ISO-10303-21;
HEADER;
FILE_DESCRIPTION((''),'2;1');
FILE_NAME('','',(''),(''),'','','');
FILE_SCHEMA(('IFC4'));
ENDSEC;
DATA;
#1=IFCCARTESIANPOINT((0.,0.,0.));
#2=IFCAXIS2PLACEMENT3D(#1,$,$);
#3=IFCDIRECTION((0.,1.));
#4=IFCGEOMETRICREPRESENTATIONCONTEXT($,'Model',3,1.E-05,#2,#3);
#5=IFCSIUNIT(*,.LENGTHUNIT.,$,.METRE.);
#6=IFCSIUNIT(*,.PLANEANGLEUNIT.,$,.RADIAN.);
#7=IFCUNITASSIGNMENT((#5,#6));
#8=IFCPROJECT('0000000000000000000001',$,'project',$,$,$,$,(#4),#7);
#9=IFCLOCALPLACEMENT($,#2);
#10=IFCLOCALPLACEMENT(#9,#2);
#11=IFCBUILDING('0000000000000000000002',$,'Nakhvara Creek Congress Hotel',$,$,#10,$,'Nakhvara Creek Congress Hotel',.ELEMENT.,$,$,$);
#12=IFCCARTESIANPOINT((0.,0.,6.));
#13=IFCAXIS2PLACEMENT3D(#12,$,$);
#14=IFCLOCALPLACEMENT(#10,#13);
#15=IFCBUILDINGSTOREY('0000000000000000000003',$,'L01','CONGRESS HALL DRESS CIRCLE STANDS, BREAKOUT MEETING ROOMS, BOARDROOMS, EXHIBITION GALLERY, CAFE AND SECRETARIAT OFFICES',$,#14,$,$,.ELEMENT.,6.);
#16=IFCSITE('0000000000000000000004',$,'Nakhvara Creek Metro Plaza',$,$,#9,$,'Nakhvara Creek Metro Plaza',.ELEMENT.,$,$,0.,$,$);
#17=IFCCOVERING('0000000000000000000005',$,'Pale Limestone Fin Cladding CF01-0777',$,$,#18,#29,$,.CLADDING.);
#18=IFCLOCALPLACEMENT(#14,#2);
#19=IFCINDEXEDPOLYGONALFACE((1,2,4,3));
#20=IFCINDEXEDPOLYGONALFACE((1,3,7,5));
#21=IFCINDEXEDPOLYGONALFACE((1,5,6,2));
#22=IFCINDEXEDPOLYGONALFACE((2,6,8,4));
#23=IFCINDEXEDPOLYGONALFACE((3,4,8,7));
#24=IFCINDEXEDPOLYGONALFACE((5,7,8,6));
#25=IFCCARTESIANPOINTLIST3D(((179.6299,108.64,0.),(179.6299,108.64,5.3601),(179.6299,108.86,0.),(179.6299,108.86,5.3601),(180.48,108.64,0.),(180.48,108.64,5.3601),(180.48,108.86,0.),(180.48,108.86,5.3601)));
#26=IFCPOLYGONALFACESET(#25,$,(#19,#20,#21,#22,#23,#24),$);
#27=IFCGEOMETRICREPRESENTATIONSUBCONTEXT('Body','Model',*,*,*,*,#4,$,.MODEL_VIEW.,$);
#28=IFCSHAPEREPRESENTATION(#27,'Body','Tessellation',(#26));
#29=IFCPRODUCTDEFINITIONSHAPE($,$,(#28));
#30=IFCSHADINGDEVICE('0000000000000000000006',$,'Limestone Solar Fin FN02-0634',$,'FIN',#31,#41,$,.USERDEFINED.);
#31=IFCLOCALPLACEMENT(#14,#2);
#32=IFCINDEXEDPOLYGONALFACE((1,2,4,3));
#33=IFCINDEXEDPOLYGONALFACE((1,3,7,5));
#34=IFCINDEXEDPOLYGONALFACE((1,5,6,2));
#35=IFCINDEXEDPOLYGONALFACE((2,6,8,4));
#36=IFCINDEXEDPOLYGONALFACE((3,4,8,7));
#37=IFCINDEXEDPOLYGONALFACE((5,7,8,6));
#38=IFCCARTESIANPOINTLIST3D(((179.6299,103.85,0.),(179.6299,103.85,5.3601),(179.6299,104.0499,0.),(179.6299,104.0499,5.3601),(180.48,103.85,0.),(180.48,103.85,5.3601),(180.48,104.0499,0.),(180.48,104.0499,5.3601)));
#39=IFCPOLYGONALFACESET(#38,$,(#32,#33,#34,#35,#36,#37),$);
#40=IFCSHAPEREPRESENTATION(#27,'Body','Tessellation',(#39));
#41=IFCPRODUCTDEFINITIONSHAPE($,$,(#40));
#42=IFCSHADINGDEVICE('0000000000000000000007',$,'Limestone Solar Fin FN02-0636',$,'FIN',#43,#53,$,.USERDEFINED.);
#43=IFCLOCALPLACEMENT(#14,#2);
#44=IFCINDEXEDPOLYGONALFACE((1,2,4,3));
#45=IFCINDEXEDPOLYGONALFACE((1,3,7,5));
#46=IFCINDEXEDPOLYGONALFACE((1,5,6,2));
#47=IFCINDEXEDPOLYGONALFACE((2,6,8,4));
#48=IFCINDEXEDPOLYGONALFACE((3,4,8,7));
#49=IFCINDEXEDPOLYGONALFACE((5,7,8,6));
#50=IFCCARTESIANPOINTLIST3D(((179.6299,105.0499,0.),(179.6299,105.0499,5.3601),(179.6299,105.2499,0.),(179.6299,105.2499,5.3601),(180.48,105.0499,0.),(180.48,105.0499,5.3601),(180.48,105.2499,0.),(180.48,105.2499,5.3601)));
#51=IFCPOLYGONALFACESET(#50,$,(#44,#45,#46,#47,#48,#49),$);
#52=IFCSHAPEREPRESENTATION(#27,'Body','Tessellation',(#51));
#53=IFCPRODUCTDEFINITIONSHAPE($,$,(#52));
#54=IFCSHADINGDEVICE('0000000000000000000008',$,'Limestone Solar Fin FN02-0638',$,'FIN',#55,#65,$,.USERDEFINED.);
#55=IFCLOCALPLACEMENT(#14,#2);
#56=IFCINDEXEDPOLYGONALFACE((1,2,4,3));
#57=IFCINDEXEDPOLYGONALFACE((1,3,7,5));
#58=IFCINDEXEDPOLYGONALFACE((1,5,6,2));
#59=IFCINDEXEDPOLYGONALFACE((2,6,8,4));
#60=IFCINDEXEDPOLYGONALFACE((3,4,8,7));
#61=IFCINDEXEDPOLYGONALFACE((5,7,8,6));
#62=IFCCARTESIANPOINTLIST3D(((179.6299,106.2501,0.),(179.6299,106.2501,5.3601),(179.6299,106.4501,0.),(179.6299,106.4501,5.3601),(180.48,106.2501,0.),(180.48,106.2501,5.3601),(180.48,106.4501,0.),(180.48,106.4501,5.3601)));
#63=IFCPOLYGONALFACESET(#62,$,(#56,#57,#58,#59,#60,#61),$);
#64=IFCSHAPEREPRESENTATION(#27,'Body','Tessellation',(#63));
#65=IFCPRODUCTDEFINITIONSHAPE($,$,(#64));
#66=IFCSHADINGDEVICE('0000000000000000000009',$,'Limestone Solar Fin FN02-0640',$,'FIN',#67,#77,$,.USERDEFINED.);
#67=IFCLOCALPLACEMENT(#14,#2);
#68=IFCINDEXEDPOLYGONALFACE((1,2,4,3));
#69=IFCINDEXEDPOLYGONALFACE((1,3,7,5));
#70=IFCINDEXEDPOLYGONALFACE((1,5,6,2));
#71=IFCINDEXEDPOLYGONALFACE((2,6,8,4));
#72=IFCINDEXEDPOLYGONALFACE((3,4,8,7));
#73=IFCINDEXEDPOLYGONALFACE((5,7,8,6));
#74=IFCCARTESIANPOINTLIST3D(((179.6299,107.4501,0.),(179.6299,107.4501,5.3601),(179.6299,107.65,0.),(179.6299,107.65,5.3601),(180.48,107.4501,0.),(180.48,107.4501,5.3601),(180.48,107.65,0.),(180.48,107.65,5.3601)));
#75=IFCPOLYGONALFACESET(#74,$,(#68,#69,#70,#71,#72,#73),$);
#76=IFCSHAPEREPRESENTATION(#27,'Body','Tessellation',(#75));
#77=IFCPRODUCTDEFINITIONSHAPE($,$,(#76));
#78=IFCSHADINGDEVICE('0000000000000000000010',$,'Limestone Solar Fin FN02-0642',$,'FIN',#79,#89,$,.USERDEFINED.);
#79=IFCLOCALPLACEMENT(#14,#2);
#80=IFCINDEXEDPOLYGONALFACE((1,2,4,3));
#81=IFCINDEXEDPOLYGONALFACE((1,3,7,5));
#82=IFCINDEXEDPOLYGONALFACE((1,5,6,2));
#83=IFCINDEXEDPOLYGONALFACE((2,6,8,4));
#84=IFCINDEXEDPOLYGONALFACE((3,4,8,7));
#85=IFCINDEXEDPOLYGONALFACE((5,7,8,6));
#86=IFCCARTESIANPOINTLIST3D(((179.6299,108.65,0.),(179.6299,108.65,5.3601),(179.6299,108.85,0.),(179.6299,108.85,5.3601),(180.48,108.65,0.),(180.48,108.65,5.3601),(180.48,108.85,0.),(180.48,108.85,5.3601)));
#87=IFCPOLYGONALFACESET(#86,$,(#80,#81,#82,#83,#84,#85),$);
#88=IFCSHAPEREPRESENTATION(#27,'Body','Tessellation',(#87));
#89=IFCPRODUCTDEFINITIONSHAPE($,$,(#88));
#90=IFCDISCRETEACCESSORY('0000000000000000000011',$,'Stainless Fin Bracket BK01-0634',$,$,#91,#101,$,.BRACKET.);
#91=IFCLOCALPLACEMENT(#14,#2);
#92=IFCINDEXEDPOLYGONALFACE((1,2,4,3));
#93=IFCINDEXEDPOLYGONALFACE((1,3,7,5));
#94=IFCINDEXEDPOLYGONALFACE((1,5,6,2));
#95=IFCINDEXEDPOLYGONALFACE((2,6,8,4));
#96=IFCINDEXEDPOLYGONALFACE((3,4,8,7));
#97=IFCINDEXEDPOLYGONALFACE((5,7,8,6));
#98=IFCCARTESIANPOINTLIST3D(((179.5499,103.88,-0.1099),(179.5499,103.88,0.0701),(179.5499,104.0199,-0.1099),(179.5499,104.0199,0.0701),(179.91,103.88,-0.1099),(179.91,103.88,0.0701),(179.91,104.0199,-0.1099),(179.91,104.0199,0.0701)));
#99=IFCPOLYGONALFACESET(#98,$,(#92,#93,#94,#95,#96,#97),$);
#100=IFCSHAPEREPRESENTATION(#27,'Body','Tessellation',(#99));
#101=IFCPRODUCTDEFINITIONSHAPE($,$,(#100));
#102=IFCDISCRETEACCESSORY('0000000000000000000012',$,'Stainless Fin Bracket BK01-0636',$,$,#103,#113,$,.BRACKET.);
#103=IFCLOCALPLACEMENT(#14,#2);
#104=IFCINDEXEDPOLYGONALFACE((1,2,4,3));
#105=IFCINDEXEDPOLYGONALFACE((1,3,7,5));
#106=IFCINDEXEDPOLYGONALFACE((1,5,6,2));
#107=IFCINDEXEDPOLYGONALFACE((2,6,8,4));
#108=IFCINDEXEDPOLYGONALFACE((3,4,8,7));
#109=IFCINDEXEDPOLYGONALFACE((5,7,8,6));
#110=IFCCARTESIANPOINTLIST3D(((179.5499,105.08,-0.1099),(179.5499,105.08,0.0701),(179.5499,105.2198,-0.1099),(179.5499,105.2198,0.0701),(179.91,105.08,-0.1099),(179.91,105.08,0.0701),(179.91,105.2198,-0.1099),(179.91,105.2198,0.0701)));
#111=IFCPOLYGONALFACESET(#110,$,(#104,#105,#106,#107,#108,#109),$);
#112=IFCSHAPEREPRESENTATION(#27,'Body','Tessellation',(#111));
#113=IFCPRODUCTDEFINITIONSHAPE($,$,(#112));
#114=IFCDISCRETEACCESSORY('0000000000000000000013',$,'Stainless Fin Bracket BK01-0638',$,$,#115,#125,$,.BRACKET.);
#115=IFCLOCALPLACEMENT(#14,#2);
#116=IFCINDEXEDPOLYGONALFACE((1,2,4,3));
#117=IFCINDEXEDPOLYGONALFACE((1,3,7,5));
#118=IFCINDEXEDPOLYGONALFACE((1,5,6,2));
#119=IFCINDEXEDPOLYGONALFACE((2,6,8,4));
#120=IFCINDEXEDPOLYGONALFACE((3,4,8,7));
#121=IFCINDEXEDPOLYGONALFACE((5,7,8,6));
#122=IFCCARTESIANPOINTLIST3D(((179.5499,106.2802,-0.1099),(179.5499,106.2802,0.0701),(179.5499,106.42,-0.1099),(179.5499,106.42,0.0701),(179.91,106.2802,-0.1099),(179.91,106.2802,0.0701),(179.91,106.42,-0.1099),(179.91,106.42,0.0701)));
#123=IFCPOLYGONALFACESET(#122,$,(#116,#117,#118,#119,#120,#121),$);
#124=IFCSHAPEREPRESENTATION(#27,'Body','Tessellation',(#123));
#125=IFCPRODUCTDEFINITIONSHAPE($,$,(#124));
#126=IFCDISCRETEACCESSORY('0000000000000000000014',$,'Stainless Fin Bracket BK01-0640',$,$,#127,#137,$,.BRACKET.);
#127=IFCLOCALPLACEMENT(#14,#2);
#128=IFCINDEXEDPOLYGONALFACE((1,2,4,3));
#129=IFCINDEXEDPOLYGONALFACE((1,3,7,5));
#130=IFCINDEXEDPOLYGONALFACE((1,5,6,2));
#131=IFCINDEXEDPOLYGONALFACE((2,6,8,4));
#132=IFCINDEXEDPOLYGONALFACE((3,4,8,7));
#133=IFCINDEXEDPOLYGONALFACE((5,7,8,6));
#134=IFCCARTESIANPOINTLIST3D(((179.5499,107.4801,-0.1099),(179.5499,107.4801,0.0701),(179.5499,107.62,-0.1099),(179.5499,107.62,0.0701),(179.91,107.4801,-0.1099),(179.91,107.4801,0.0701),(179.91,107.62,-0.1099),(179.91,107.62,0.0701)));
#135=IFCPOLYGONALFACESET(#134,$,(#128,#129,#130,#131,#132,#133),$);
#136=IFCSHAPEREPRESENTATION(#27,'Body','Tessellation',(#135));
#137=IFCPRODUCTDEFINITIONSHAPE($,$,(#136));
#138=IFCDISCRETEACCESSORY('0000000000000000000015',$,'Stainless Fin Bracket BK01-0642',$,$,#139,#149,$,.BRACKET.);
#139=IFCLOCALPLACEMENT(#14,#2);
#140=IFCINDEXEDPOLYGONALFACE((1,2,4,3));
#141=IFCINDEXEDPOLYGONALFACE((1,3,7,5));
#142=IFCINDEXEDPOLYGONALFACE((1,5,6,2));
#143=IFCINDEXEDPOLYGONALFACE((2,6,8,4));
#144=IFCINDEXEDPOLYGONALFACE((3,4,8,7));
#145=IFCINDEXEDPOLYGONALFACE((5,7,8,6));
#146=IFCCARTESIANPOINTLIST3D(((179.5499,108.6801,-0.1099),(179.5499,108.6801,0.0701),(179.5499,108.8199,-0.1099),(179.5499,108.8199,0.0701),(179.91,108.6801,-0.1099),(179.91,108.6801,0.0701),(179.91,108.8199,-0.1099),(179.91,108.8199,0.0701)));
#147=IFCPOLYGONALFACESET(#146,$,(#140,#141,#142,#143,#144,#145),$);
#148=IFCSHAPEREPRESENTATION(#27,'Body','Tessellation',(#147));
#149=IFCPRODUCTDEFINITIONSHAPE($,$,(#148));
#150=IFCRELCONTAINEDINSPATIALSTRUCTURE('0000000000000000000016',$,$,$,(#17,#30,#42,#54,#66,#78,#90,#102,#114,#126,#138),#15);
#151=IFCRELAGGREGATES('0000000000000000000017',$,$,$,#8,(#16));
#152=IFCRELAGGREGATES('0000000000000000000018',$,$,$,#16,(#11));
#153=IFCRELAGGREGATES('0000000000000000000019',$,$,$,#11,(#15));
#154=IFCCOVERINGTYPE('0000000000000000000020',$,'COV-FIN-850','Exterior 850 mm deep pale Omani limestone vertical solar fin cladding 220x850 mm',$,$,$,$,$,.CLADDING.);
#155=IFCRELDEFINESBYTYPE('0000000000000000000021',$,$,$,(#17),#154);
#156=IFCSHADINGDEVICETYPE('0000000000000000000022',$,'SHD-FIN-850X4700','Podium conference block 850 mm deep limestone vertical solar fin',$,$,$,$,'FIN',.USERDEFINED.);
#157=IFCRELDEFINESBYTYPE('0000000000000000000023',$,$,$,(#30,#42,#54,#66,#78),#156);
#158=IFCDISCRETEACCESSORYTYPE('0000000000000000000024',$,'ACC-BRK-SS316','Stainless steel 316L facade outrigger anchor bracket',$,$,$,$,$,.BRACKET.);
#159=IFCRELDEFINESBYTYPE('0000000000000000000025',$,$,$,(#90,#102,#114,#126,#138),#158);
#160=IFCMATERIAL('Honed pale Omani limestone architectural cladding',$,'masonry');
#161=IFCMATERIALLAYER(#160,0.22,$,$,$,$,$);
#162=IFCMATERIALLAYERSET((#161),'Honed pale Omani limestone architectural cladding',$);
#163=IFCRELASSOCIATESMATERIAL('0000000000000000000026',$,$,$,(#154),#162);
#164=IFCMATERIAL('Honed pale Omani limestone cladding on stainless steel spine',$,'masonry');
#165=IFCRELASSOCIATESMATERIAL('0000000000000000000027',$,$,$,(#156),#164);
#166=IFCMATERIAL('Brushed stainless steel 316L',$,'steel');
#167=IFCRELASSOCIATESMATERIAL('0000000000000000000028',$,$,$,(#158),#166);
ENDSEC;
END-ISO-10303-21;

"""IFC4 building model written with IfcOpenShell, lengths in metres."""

from ifc_helpers import new_model, si_unit, direction, frame, origin, origin_2d, place, context, subcontext, project, spatial, rectangle, extrude, material, layer, layer_set, type_object, element, save


model = new_model("IFC4")

# Units and contexts
model_context = context("Model", 3, precision=1e-05, world=origin(), true_north=direction((0.0, 1.0)))
body_context = subcontext(model_context, "Body", "Model", "MODEL_VIEW")
ifc_project = project(units=[si_unit("LENGTHUNIT", "METRE"), si_unit("PLANEANGLEUNIT", "RADIAN")], contexts=[model_context])

# Site, building, storey
site_placement = place(None, origin())
site = spatial("IfcSite", under=ifc_project, at=site_placement, Name="Nakhvara Creek Metro Plaza", LongName="Nakhvara Creek Metro Plaza", CompositionType="ELEMENT", RefElevation=0.0)
building_placement = place(site_placement, origin())
building = spatial("IfcBuilding", under=site, at=building_placement, Name="Nakhvara Creek Congress Hotel", LongName="Nakhvara Creek Congress Hotel", CompositionType="ELEMENT")
storey_placement = place(building_placement, frame((0.0, 0.0, 6.0)))
storey = spatial("IfcBuildingStorey", under=building, at=storey_placement, Name="L01", Description="CONGRESS HALL DRESS CIRCLE STANDS, BREAKOUT MEETING ROOMS, BOARDROOMS, EXHIBITION GALLERY, CAFE AND SECRETARIAT OFFICES", CompositionType="ELEMENT", Elevation=6.0)

# Covering
ifc_material_1 = material(Name="Honed pale Omani limestone architectural cladding", Category="masonry")
ifc_layer_1 = layer(ifc_material_1, 0.22)
ifc_layer_set_1 = layer_set([ifc_layer_1], Name="Honed pale Omani limestone architectural cladding")
covering_type = type_object("IfcCoveringType", Name="COV-FIN-850", Description="Exterior 850 mm deep pale Omani limestone vertical solar fin cladding 220x850 mm", PredefinedType="CLADDING", material=ifc_layer_set_1)
for number, where, z_axis, x_axis, name in (
    (1, (180.0549, 108.75, 0.0), (0.0, 0.0, 1.0), (0.0, 1.0, 0.0), "Pale Limestone Fin Cladding CF01-0777"),
):
    element("IfcCovering", number, at=place(storey_placement, frame(where, z_axis=z_axis, x_axis=x_axis)), inside=storey, type_object=covering_type, Name=name, PredefinedType="CLADDING", context=body_context, shape_type="SweptSolid", body=[
        extrude(rectangle(XDim=0.22, YDim=0.8501, at=origin_2d()), origin(), (0.0, 0.0, 1.0), 5.3601),
    ])

# Shading devices
ifc_material_2 = material(Name="Honed pale Omani limestone cladding on stainless steel spine", Category="masonry")
shading_device_type = type_object("IfcShadingDeviceType", Name="SHD-FIN-850X4700", Description="Podium conference block 850 mm deep limestone vertical solar fin", ElementType="FIN", PredefinedType="USERDEFINED", material=ifc_material_2)
for number, where, z_axis, x_axis, name in (
    (2, (180.0549, 103.95, 0.0), (0.0, 0.0, 1.0), (0.0, 1.0, 0.0), "Limestone Solar Fin FN02-0634"),
    (3, (180.0549, 105.1499, 0.0), (0.0, 0.0, 1.0), (0.0, 1.0, 0.0), "Limestone Solar Fin FN02-0636"),
    (4, (180.0549, 106.3501, 0.0), (0.0, 0.0, 1.0), (0.0, 1.0, 0.0), "Limestone Solar Fin FN02-0638"),
    (5, (180.0549, 107.55, 0.0), (0.0, 0.0, 1.0), (0.0, 1.0, 0.0), "Limestone Solar Fin FN02-0640"),
    (6, (180.0549, 108.75, 0.0), (0.0, 0.0, 1.0), (0.0, 1.0, 0.0), "Limestone Solar Fin FN02-0642"),
):
    element("IfcShadingDevice", number, at=place(storey_placement, frame(where, z_axis=z_axis, x_axis=x_axis)), inside=storey, type_object=shading_device_type, Name=name, ObjectType="FIN", PredefinedType="USERDEFINED", context=body_context, shape_type="SweptSolid", body=[
        extrude(rectangle(XDim=0.2, YDim=0.8501, at=origin_2d()), origin(), (0.0, 0.0, 1.0), 5.3601),
    ])

# Discrete accessories
ifc_material_3 = material(Name="Brushed stainless steel 316L", Category="steel")
discrete_accessory_type = type_object("IfcDiscreteAccessoryType", Name="ACC-BRK-SS316", Description="Stainless steel 316L facade outrigger anchor bracket", PredefinedType="BRACKET", material=ifc_material_3)
for number, where, z_axis, x_axis, name in (
    (7, (179.73, 103.95, -0.1099), (0.0, 0.0, 1.0), (0.0, 1.0, 0.0), "Stainless Fin Bracket BK01-0634"),
    (8, (179.73, 105.1499, -0.1099), (0.0, 0.0, 1.0), (0.0, 1.0, 0.0), "Stainless Fin Bracket BK01-0636"),
    (9, (179.73, 106.3501, -0.1099), (0.0, 0.0, 1.0), (0.0, 1.0, 0.0), "Stainless Fin Bracket BK01-0638"),
    (10, (179.73, 107.55, -0.1099), (0.0, 0.0, 1.0), (0.0, 1.0, 0.0), "Stainless Fin Bracket BK01-0640"),
    (11, (179.73, 108.75, -0.1099), (0.0, 0.0, 1.0), (0.0, 1.0, 0.0), "Stainless Fin Bracket BK01-0642"),
):
    element("IfcDiscreteAccessory", number, at=place(storey_placement, frame(where, z_axis=z_axis, x_axis=x_axis)), inside=storey, type_object=discrete_accessory_type, Name=name, PredefinedType="BRACKET", context=body_context, shape_type="SweptSolid", body=[
        extrude(rectangle(XDim=0.1399, YDim=0.3601, at=origin_2d()), origin(), (0.0, 0.0, 1.0), 0.1799),
    ])

save(model, "model.ifc")
